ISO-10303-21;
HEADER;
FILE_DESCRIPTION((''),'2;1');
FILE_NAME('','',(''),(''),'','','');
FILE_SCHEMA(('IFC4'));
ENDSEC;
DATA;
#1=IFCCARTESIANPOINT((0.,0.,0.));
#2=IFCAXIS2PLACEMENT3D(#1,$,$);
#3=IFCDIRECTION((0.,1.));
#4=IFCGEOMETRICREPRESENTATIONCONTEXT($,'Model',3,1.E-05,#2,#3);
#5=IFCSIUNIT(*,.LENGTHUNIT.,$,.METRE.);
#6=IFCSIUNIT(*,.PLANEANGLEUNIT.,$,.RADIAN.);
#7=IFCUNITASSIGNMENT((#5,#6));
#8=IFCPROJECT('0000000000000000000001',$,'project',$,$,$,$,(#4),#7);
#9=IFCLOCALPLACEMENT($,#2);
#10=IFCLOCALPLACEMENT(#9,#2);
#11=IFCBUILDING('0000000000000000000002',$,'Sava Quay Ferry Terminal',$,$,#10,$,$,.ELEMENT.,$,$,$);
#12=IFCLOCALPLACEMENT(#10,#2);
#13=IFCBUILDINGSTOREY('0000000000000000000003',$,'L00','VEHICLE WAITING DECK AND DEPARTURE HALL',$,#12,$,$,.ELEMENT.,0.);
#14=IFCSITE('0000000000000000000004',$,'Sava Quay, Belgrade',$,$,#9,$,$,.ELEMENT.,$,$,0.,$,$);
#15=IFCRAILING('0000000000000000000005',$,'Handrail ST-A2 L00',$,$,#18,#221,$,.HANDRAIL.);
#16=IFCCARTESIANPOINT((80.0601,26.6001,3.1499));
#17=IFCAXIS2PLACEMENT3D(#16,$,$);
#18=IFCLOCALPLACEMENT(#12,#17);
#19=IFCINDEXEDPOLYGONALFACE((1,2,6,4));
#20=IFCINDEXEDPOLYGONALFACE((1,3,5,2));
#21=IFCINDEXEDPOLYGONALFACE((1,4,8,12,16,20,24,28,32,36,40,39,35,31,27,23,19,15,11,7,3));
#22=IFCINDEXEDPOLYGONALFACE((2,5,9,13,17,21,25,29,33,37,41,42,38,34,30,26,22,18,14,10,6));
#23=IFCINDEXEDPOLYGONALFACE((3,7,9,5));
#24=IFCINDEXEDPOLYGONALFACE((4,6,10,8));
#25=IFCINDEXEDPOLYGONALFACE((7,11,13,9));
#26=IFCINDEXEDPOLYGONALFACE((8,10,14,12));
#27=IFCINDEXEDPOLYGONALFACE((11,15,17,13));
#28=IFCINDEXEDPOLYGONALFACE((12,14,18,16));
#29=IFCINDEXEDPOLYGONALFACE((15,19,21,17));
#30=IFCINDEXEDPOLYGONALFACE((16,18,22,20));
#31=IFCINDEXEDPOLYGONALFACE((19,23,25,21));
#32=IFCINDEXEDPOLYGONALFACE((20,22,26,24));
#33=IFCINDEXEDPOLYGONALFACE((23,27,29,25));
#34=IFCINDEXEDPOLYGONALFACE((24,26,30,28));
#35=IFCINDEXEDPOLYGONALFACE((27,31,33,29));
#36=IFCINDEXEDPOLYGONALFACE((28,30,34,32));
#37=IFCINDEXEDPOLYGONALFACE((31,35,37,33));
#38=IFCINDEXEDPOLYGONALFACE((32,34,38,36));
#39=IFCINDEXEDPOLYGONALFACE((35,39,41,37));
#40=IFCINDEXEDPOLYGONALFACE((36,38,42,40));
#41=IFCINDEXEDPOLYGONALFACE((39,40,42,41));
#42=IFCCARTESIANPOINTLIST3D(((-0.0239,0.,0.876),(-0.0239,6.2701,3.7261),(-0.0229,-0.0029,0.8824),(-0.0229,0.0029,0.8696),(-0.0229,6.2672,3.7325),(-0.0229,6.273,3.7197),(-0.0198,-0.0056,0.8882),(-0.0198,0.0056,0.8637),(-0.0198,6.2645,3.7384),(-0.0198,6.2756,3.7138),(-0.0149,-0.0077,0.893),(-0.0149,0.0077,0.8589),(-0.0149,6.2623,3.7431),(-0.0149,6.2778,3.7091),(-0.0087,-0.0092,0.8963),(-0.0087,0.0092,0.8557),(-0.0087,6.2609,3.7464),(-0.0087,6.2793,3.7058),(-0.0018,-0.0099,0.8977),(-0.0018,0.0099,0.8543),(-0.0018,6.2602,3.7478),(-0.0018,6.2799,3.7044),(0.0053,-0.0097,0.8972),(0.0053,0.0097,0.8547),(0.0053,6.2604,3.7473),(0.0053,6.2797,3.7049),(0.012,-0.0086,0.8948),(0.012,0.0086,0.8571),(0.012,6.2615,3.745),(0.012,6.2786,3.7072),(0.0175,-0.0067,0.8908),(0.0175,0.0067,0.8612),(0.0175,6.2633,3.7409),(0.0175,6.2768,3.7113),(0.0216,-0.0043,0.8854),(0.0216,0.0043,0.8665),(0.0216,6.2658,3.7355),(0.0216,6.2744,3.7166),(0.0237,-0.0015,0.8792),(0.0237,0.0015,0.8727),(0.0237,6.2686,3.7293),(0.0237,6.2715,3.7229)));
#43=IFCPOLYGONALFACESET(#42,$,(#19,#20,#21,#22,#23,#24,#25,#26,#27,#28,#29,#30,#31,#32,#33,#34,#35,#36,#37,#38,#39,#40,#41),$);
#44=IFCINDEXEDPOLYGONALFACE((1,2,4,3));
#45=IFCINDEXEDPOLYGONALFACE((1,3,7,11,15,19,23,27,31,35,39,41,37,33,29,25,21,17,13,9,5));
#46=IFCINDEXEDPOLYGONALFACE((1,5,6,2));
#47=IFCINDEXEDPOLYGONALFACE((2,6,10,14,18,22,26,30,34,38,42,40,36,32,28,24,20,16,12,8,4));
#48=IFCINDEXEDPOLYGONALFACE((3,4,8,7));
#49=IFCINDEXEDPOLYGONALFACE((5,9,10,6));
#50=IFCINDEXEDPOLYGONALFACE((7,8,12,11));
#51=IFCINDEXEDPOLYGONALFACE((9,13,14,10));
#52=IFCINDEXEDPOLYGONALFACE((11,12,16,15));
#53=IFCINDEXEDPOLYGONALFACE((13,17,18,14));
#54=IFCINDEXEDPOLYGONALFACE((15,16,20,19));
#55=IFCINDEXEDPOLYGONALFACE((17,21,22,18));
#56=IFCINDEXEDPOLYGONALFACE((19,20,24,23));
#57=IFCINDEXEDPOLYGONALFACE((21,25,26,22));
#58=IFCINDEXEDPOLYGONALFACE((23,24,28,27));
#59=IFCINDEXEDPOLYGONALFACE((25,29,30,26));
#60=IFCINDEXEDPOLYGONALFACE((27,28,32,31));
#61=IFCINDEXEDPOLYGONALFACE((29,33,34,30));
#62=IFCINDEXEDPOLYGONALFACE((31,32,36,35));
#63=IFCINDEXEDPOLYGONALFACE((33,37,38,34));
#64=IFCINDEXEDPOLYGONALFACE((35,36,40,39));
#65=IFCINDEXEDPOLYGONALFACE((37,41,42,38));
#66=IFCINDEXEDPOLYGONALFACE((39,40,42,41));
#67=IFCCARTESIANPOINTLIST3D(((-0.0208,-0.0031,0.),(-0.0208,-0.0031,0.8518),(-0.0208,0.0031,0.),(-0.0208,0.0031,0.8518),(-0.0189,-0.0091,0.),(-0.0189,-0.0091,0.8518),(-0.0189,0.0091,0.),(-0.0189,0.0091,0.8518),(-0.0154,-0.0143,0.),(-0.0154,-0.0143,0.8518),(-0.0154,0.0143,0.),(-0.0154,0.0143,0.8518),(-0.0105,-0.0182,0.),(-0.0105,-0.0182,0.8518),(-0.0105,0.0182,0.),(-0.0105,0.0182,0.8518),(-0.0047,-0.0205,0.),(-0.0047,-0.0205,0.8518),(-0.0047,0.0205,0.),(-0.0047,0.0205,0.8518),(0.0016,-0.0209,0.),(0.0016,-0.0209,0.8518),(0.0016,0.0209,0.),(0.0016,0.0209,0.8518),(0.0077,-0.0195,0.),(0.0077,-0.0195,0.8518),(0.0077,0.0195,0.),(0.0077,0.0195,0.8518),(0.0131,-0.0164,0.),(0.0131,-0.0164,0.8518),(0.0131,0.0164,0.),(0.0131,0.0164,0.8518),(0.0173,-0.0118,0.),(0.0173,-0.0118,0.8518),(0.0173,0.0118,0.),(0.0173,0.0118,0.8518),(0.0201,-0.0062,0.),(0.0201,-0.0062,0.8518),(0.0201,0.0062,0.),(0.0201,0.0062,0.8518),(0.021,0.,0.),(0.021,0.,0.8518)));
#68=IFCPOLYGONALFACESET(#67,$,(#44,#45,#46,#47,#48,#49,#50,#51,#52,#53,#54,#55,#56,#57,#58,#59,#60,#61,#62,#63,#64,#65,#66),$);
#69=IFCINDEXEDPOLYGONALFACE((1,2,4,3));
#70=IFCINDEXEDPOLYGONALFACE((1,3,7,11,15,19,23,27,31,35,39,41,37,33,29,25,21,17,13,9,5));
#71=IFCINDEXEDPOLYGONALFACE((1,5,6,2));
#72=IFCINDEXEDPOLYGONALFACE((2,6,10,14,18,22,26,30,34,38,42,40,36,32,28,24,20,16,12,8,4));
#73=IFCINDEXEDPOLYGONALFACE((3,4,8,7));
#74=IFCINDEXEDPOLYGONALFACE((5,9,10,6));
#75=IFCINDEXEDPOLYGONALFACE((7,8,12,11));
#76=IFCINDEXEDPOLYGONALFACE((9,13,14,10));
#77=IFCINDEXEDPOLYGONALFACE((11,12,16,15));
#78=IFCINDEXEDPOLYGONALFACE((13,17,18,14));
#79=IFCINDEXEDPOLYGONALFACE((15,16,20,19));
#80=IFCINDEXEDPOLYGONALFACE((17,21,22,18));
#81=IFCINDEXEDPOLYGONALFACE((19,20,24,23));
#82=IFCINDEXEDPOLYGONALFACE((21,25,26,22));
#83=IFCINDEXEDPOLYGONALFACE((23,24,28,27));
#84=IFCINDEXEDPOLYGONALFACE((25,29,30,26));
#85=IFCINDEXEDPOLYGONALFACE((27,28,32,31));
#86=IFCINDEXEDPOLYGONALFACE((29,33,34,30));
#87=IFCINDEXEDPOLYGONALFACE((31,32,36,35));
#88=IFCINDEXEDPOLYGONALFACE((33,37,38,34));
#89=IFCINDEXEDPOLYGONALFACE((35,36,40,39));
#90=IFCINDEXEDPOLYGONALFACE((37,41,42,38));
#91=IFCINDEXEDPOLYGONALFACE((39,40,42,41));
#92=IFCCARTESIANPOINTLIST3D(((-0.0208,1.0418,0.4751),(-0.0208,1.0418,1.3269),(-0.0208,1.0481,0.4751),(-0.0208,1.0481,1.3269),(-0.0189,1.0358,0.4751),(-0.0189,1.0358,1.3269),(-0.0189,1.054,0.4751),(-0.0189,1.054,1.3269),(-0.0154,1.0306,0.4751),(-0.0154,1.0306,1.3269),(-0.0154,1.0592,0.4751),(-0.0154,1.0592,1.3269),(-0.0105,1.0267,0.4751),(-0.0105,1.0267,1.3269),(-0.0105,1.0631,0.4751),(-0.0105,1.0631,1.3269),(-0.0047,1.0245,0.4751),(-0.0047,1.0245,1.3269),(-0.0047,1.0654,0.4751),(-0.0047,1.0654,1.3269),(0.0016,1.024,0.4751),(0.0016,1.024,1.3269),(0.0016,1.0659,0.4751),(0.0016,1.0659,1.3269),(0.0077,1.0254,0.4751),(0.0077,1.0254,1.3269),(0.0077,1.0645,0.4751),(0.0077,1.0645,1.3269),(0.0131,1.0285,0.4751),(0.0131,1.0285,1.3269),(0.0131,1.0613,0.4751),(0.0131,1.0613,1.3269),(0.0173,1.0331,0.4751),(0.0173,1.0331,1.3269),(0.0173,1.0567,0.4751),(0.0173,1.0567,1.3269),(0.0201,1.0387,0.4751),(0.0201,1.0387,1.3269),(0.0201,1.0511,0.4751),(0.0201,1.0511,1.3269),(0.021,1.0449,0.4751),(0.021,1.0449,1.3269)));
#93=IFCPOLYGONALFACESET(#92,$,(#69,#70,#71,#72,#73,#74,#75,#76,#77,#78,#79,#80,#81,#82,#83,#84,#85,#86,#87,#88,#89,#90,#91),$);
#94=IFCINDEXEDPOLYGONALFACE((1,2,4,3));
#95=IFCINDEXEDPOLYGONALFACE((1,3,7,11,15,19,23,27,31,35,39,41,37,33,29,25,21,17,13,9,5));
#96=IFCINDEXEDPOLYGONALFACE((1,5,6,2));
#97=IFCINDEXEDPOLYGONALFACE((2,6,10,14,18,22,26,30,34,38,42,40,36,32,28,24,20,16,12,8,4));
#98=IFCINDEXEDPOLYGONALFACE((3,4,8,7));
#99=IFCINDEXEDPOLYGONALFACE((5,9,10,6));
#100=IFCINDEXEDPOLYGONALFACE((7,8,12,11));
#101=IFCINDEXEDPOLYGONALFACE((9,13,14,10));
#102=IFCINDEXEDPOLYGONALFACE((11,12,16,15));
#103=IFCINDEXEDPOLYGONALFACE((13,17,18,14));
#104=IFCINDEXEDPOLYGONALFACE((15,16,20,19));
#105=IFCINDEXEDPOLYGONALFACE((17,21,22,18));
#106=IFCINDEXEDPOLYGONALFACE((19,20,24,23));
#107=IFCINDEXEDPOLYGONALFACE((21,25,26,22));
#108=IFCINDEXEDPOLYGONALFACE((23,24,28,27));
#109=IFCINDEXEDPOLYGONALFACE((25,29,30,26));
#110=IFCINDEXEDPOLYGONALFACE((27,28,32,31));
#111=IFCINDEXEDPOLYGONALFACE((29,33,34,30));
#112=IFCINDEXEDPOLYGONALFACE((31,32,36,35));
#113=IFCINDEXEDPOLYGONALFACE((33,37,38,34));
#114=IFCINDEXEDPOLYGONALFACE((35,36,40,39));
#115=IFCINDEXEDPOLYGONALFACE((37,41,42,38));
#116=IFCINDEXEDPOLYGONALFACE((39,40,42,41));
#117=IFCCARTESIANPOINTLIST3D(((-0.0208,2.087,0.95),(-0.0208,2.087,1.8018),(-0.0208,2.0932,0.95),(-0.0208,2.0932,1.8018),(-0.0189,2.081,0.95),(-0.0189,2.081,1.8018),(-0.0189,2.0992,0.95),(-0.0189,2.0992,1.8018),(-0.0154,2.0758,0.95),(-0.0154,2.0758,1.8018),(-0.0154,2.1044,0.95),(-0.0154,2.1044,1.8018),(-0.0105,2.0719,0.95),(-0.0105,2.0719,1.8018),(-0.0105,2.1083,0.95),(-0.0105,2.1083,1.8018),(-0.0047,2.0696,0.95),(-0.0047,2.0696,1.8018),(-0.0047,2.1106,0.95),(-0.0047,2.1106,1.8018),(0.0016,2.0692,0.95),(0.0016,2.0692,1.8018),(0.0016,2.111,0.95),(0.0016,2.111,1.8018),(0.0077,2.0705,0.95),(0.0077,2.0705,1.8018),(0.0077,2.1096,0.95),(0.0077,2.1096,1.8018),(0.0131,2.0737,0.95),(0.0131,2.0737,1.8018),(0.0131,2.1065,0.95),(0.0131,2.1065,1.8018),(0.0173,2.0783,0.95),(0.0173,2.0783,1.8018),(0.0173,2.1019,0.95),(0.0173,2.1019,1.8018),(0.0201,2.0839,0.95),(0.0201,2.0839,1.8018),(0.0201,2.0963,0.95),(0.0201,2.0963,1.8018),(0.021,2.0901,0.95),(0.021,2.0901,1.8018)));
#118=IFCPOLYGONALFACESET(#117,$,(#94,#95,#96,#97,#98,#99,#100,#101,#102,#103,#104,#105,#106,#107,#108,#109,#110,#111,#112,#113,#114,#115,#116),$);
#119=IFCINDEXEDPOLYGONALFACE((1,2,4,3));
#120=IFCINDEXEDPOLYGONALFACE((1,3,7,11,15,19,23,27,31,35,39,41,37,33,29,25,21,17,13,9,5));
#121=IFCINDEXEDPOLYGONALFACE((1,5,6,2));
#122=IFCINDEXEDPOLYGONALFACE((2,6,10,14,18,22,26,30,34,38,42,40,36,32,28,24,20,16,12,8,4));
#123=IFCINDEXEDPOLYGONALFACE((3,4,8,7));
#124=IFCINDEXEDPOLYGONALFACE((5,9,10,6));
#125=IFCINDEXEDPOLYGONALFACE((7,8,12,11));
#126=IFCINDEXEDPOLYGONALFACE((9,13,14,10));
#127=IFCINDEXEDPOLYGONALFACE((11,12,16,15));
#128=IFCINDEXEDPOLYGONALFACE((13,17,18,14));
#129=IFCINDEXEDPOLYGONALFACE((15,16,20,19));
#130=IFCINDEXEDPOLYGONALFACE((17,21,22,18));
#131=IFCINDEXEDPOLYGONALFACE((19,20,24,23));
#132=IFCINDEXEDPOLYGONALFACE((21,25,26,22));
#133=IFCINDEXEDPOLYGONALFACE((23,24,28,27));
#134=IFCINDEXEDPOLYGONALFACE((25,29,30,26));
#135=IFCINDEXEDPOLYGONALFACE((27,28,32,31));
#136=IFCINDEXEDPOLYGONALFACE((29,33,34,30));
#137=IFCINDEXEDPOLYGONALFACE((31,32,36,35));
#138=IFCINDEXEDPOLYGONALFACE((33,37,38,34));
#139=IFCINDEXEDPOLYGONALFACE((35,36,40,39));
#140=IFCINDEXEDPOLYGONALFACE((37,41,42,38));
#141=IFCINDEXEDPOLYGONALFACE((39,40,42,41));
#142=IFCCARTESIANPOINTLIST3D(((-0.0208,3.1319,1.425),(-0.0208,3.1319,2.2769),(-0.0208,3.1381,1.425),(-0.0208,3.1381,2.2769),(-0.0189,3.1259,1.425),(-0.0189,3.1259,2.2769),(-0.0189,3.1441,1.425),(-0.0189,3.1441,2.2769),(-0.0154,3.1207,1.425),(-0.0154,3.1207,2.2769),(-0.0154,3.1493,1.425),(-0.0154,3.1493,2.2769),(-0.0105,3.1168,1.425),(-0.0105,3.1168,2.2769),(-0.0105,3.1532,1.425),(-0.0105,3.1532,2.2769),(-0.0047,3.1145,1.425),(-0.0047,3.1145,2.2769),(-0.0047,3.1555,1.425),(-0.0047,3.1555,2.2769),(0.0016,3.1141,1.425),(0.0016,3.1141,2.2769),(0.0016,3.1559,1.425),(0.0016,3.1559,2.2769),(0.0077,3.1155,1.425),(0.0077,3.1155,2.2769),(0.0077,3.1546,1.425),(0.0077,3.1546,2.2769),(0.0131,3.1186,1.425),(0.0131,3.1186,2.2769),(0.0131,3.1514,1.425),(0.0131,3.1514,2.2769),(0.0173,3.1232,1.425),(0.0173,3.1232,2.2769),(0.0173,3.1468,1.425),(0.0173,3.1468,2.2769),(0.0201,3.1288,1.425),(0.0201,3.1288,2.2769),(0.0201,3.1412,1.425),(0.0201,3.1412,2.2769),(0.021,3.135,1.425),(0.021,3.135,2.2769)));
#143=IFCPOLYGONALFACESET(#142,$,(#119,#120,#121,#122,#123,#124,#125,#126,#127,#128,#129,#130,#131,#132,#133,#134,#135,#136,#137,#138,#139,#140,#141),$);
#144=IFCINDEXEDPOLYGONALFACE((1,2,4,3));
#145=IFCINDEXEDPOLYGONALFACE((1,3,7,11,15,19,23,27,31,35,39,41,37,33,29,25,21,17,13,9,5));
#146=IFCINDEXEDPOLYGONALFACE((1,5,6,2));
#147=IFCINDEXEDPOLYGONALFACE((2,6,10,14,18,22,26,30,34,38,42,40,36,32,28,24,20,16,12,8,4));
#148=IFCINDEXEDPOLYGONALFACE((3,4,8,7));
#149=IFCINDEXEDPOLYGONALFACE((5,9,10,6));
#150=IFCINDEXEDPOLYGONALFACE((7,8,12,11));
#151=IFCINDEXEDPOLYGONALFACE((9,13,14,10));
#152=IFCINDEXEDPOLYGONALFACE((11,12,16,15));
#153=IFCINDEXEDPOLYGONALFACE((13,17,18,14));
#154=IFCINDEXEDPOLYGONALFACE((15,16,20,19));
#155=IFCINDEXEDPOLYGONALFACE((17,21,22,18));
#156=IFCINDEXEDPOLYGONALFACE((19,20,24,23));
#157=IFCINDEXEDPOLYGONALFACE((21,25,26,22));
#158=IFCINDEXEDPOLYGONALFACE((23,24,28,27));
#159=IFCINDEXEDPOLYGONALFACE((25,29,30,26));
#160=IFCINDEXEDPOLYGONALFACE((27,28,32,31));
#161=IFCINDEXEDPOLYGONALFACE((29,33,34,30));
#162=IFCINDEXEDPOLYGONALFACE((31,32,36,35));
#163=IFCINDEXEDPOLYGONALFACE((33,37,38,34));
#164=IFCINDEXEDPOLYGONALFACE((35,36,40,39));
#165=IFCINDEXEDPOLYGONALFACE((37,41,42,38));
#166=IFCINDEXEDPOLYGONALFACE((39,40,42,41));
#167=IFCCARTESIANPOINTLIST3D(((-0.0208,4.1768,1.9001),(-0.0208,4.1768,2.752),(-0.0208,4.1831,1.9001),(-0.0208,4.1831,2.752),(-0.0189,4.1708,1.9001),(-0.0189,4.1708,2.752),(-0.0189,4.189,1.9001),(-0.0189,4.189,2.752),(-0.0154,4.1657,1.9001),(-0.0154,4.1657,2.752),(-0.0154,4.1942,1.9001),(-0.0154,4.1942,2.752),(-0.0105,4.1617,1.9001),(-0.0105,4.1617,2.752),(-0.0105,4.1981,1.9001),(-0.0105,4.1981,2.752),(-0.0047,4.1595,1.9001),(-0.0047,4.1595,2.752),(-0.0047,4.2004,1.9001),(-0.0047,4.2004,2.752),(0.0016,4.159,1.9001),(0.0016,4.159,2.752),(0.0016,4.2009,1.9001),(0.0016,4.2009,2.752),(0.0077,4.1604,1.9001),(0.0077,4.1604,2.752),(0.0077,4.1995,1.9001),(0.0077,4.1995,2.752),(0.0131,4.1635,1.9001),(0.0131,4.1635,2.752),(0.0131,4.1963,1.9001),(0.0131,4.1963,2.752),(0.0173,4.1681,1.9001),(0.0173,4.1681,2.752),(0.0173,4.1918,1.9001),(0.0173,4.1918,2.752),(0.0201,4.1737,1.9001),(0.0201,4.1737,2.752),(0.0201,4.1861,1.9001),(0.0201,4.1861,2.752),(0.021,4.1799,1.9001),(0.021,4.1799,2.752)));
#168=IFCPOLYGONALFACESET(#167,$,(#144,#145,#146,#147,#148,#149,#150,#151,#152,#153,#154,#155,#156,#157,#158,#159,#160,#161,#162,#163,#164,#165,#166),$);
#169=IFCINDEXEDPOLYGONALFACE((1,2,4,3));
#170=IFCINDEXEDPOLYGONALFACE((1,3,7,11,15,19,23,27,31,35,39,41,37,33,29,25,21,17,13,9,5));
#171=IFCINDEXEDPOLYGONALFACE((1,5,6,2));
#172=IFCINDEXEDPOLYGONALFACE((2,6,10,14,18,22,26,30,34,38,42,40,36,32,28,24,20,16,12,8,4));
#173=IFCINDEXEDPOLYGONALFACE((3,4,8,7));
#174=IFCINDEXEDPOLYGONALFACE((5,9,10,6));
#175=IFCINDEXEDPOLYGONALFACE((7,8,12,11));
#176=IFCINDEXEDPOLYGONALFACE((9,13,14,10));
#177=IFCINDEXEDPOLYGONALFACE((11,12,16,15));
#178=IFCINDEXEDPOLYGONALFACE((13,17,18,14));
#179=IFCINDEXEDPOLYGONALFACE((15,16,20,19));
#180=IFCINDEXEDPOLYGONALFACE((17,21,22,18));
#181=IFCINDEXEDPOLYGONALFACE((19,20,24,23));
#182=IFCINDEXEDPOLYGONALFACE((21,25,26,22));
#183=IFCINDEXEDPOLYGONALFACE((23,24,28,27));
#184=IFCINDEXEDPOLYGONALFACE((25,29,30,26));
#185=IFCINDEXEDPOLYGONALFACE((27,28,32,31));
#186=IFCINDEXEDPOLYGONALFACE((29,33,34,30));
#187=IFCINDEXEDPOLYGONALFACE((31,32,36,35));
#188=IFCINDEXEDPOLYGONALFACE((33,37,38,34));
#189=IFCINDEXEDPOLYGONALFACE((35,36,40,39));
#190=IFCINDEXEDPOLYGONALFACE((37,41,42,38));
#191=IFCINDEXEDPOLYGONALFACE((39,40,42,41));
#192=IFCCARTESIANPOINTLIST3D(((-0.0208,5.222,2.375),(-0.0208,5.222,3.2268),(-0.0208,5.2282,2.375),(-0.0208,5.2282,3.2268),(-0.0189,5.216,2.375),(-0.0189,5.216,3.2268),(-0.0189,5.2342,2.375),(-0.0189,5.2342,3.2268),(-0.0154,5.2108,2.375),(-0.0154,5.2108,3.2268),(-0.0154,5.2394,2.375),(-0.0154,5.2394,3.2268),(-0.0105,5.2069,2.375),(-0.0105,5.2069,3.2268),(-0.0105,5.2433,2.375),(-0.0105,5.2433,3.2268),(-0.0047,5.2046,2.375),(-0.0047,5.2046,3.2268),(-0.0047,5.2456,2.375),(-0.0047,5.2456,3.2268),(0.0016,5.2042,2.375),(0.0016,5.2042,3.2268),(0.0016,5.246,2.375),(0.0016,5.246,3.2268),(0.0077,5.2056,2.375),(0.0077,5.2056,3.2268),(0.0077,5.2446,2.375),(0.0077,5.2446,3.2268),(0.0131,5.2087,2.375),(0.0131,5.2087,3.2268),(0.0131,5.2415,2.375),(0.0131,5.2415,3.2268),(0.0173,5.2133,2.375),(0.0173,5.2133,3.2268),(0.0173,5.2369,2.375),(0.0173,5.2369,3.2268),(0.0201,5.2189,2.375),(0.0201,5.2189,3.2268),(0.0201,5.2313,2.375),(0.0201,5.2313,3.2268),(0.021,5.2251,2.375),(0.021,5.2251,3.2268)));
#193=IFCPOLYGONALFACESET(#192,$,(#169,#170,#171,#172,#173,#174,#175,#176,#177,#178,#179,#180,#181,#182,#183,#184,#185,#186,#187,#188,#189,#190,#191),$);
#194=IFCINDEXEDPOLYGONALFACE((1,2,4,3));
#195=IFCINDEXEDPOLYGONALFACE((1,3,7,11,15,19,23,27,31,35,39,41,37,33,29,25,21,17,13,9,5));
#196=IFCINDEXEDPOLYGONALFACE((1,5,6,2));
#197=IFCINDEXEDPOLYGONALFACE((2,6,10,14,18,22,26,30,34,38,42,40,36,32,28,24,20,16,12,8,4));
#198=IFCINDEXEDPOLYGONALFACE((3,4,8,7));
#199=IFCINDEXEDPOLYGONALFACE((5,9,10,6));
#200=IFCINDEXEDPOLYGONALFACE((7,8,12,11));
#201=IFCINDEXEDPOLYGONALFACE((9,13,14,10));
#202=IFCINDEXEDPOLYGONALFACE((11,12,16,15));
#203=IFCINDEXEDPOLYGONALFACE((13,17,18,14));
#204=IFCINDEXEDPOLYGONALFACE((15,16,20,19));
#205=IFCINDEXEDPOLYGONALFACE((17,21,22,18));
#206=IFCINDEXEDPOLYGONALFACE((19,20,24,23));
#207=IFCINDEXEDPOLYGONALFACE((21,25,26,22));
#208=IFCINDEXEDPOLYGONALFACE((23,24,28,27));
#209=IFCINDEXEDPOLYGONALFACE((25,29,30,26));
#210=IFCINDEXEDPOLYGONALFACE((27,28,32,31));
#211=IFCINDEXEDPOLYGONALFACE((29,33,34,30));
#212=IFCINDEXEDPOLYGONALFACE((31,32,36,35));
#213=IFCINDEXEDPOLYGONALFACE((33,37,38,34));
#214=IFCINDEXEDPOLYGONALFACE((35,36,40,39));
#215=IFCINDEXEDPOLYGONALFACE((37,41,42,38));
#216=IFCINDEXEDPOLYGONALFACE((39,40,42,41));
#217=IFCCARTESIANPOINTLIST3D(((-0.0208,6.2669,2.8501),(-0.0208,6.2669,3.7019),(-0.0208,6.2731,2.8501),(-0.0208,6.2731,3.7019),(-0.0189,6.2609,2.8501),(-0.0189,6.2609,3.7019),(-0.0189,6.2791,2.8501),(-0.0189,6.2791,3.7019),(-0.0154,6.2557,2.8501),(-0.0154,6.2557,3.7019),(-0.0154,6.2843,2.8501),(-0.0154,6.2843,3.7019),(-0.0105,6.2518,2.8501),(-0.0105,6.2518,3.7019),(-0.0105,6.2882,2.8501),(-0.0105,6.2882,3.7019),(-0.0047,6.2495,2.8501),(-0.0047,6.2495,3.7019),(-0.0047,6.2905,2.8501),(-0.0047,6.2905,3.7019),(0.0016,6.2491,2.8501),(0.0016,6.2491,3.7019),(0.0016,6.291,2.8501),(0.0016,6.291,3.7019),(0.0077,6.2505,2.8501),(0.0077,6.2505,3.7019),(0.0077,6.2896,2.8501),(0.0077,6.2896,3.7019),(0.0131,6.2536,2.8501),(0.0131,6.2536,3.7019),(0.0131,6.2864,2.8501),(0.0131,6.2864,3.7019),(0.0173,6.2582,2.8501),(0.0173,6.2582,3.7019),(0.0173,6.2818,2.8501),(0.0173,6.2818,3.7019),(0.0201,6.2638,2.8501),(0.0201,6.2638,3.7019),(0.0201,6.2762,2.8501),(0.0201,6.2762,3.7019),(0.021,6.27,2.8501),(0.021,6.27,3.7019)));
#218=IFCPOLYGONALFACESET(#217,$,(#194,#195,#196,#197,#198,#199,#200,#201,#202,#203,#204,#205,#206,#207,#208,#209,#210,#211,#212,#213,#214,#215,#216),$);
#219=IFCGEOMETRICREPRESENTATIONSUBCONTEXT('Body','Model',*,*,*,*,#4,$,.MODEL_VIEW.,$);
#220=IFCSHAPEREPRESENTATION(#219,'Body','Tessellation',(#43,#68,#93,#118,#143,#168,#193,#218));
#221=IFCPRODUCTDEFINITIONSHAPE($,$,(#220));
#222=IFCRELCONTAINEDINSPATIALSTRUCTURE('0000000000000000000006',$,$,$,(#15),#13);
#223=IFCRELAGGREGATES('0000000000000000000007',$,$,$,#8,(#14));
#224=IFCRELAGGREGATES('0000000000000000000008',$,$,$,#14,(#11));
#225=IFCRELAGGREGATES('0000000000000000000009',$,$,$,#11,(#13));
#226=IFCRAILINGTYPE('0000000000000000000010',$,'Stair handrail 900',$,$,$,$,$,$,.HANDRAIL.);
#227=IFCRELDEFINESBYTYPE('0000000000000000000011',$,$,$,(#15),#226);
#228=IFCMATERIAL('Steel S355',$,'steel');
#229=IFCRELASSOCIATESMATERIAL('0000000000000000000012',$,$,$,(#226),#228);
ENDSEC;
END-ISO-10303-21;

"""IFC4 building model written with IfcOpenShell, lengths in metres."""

from ifc_helpers import new_model, si_unit, direction, frame, origin, origin_2d, place, context, subcontext, project, spatial, circle, extrude, material, type_object, element, save


model = new_model("IFC4")

# Units and contexts
model_context = context("Model", 3, precision=1e-05, world=origin(), true_north=direction((0.0, 1.0)))
body_context = subcontext(model_context, "Body", "Model", "MODEL_VIEW")
ifc_project = project(units=[si_unit("LENGTHUNIT", "METRE"), si_unit("PLANEANGLEUNIT", "RADIAN")], contexts=[model_context])

# Site, building, storey
site_placement = place(None, origin())
site = spatial("IfcSite", under=ifc_project, at=site_placement, Name="Sava Quay, Belgrade", CompositionType="ELEMENT", RefElevation=0.0)
building_placement = place(site_placement, origin())
building = spatial("IfcBuilding", under=site, at=building_placement, Name="Sava Quay Ferry Terminal", CompositionType="ELEMENT")
storey_placement = place(building_placement, origin())
storey = spatial("IfcBuildingStorey", under=building, at=storey_placement, Name="L00", Description="VEHICLE WAITING DECK AND DEPARTURE HALL", CompositionType="ELEMENT", Elevation=0.0)

# Railing
ifc_material_1 = material(Name="Steel S355", Category="steel")
railing_type_1 = type_object("IfcRailingType", Name="Stair handrail 900", PredefinedType="HANDRAIL", material=ifc_material_1)
railing_1_placement = place(storey_placement, frame((80.0601, 26.6001, 3.1499)))
element("IfcRailing", 1, at=railing_1_placement, inside=storey, type_object=railing_type_1, Name="Handrail ST-A2 L00", PredefinedType="HANDRAIL", context=body_context, shape_type="SweptSolid", body=[
    extrude(circle(Radius=0.0239, at=origin_2d()), frame((0.0, 0.0, 0.876), z_axis=(0.0, 0.910362, 0.413814), x_axis=(-1.0, 0.0, 0.0)), (0.0, 0.0, 1.0), 6.8875),
    extrude(circle(Radius=0.021, at=origin_2d()), origin(), (0.0, 0.0, 1.0), 0.8518),
    extrude(circle(Radius=0.021, at=origin_2d()), frame((0.0, 1.0449, 0.4751)), (0.0, 0.0, 1.0), 0.8518),
    extrude(circle(Radius=0.021, at=origin_2d()), frame((0.0, 2.0901, 0.95)), (0.0, 0.0, 1.0), 0.8518),
    extrude(circle(Radius=0.021, at=origin_2d()), frame((0.0, 3.135, 1.425)), (0.0, 0.0, 1.0), 0.8518),
    extrude(circle(Radius=0.021, at=origin_2d()), frame((0.0, 4.1799, 1.9001)), (0.0, 0.0, 1.0), 0.8518),
    extrude(circle(Radius=0.021, at=origin_2d()), frame((0.0, 5.2251, 2.375)), (0.0, 0.0, 1.0), 0.8518),
    extrude(circle(Radius=0.021, at=origin_2d()), frame((0.0, 6.27, 2.8501)), (0.0, 0.0, 1.0), 0.8518),
])

save(model, "model.ifc")
